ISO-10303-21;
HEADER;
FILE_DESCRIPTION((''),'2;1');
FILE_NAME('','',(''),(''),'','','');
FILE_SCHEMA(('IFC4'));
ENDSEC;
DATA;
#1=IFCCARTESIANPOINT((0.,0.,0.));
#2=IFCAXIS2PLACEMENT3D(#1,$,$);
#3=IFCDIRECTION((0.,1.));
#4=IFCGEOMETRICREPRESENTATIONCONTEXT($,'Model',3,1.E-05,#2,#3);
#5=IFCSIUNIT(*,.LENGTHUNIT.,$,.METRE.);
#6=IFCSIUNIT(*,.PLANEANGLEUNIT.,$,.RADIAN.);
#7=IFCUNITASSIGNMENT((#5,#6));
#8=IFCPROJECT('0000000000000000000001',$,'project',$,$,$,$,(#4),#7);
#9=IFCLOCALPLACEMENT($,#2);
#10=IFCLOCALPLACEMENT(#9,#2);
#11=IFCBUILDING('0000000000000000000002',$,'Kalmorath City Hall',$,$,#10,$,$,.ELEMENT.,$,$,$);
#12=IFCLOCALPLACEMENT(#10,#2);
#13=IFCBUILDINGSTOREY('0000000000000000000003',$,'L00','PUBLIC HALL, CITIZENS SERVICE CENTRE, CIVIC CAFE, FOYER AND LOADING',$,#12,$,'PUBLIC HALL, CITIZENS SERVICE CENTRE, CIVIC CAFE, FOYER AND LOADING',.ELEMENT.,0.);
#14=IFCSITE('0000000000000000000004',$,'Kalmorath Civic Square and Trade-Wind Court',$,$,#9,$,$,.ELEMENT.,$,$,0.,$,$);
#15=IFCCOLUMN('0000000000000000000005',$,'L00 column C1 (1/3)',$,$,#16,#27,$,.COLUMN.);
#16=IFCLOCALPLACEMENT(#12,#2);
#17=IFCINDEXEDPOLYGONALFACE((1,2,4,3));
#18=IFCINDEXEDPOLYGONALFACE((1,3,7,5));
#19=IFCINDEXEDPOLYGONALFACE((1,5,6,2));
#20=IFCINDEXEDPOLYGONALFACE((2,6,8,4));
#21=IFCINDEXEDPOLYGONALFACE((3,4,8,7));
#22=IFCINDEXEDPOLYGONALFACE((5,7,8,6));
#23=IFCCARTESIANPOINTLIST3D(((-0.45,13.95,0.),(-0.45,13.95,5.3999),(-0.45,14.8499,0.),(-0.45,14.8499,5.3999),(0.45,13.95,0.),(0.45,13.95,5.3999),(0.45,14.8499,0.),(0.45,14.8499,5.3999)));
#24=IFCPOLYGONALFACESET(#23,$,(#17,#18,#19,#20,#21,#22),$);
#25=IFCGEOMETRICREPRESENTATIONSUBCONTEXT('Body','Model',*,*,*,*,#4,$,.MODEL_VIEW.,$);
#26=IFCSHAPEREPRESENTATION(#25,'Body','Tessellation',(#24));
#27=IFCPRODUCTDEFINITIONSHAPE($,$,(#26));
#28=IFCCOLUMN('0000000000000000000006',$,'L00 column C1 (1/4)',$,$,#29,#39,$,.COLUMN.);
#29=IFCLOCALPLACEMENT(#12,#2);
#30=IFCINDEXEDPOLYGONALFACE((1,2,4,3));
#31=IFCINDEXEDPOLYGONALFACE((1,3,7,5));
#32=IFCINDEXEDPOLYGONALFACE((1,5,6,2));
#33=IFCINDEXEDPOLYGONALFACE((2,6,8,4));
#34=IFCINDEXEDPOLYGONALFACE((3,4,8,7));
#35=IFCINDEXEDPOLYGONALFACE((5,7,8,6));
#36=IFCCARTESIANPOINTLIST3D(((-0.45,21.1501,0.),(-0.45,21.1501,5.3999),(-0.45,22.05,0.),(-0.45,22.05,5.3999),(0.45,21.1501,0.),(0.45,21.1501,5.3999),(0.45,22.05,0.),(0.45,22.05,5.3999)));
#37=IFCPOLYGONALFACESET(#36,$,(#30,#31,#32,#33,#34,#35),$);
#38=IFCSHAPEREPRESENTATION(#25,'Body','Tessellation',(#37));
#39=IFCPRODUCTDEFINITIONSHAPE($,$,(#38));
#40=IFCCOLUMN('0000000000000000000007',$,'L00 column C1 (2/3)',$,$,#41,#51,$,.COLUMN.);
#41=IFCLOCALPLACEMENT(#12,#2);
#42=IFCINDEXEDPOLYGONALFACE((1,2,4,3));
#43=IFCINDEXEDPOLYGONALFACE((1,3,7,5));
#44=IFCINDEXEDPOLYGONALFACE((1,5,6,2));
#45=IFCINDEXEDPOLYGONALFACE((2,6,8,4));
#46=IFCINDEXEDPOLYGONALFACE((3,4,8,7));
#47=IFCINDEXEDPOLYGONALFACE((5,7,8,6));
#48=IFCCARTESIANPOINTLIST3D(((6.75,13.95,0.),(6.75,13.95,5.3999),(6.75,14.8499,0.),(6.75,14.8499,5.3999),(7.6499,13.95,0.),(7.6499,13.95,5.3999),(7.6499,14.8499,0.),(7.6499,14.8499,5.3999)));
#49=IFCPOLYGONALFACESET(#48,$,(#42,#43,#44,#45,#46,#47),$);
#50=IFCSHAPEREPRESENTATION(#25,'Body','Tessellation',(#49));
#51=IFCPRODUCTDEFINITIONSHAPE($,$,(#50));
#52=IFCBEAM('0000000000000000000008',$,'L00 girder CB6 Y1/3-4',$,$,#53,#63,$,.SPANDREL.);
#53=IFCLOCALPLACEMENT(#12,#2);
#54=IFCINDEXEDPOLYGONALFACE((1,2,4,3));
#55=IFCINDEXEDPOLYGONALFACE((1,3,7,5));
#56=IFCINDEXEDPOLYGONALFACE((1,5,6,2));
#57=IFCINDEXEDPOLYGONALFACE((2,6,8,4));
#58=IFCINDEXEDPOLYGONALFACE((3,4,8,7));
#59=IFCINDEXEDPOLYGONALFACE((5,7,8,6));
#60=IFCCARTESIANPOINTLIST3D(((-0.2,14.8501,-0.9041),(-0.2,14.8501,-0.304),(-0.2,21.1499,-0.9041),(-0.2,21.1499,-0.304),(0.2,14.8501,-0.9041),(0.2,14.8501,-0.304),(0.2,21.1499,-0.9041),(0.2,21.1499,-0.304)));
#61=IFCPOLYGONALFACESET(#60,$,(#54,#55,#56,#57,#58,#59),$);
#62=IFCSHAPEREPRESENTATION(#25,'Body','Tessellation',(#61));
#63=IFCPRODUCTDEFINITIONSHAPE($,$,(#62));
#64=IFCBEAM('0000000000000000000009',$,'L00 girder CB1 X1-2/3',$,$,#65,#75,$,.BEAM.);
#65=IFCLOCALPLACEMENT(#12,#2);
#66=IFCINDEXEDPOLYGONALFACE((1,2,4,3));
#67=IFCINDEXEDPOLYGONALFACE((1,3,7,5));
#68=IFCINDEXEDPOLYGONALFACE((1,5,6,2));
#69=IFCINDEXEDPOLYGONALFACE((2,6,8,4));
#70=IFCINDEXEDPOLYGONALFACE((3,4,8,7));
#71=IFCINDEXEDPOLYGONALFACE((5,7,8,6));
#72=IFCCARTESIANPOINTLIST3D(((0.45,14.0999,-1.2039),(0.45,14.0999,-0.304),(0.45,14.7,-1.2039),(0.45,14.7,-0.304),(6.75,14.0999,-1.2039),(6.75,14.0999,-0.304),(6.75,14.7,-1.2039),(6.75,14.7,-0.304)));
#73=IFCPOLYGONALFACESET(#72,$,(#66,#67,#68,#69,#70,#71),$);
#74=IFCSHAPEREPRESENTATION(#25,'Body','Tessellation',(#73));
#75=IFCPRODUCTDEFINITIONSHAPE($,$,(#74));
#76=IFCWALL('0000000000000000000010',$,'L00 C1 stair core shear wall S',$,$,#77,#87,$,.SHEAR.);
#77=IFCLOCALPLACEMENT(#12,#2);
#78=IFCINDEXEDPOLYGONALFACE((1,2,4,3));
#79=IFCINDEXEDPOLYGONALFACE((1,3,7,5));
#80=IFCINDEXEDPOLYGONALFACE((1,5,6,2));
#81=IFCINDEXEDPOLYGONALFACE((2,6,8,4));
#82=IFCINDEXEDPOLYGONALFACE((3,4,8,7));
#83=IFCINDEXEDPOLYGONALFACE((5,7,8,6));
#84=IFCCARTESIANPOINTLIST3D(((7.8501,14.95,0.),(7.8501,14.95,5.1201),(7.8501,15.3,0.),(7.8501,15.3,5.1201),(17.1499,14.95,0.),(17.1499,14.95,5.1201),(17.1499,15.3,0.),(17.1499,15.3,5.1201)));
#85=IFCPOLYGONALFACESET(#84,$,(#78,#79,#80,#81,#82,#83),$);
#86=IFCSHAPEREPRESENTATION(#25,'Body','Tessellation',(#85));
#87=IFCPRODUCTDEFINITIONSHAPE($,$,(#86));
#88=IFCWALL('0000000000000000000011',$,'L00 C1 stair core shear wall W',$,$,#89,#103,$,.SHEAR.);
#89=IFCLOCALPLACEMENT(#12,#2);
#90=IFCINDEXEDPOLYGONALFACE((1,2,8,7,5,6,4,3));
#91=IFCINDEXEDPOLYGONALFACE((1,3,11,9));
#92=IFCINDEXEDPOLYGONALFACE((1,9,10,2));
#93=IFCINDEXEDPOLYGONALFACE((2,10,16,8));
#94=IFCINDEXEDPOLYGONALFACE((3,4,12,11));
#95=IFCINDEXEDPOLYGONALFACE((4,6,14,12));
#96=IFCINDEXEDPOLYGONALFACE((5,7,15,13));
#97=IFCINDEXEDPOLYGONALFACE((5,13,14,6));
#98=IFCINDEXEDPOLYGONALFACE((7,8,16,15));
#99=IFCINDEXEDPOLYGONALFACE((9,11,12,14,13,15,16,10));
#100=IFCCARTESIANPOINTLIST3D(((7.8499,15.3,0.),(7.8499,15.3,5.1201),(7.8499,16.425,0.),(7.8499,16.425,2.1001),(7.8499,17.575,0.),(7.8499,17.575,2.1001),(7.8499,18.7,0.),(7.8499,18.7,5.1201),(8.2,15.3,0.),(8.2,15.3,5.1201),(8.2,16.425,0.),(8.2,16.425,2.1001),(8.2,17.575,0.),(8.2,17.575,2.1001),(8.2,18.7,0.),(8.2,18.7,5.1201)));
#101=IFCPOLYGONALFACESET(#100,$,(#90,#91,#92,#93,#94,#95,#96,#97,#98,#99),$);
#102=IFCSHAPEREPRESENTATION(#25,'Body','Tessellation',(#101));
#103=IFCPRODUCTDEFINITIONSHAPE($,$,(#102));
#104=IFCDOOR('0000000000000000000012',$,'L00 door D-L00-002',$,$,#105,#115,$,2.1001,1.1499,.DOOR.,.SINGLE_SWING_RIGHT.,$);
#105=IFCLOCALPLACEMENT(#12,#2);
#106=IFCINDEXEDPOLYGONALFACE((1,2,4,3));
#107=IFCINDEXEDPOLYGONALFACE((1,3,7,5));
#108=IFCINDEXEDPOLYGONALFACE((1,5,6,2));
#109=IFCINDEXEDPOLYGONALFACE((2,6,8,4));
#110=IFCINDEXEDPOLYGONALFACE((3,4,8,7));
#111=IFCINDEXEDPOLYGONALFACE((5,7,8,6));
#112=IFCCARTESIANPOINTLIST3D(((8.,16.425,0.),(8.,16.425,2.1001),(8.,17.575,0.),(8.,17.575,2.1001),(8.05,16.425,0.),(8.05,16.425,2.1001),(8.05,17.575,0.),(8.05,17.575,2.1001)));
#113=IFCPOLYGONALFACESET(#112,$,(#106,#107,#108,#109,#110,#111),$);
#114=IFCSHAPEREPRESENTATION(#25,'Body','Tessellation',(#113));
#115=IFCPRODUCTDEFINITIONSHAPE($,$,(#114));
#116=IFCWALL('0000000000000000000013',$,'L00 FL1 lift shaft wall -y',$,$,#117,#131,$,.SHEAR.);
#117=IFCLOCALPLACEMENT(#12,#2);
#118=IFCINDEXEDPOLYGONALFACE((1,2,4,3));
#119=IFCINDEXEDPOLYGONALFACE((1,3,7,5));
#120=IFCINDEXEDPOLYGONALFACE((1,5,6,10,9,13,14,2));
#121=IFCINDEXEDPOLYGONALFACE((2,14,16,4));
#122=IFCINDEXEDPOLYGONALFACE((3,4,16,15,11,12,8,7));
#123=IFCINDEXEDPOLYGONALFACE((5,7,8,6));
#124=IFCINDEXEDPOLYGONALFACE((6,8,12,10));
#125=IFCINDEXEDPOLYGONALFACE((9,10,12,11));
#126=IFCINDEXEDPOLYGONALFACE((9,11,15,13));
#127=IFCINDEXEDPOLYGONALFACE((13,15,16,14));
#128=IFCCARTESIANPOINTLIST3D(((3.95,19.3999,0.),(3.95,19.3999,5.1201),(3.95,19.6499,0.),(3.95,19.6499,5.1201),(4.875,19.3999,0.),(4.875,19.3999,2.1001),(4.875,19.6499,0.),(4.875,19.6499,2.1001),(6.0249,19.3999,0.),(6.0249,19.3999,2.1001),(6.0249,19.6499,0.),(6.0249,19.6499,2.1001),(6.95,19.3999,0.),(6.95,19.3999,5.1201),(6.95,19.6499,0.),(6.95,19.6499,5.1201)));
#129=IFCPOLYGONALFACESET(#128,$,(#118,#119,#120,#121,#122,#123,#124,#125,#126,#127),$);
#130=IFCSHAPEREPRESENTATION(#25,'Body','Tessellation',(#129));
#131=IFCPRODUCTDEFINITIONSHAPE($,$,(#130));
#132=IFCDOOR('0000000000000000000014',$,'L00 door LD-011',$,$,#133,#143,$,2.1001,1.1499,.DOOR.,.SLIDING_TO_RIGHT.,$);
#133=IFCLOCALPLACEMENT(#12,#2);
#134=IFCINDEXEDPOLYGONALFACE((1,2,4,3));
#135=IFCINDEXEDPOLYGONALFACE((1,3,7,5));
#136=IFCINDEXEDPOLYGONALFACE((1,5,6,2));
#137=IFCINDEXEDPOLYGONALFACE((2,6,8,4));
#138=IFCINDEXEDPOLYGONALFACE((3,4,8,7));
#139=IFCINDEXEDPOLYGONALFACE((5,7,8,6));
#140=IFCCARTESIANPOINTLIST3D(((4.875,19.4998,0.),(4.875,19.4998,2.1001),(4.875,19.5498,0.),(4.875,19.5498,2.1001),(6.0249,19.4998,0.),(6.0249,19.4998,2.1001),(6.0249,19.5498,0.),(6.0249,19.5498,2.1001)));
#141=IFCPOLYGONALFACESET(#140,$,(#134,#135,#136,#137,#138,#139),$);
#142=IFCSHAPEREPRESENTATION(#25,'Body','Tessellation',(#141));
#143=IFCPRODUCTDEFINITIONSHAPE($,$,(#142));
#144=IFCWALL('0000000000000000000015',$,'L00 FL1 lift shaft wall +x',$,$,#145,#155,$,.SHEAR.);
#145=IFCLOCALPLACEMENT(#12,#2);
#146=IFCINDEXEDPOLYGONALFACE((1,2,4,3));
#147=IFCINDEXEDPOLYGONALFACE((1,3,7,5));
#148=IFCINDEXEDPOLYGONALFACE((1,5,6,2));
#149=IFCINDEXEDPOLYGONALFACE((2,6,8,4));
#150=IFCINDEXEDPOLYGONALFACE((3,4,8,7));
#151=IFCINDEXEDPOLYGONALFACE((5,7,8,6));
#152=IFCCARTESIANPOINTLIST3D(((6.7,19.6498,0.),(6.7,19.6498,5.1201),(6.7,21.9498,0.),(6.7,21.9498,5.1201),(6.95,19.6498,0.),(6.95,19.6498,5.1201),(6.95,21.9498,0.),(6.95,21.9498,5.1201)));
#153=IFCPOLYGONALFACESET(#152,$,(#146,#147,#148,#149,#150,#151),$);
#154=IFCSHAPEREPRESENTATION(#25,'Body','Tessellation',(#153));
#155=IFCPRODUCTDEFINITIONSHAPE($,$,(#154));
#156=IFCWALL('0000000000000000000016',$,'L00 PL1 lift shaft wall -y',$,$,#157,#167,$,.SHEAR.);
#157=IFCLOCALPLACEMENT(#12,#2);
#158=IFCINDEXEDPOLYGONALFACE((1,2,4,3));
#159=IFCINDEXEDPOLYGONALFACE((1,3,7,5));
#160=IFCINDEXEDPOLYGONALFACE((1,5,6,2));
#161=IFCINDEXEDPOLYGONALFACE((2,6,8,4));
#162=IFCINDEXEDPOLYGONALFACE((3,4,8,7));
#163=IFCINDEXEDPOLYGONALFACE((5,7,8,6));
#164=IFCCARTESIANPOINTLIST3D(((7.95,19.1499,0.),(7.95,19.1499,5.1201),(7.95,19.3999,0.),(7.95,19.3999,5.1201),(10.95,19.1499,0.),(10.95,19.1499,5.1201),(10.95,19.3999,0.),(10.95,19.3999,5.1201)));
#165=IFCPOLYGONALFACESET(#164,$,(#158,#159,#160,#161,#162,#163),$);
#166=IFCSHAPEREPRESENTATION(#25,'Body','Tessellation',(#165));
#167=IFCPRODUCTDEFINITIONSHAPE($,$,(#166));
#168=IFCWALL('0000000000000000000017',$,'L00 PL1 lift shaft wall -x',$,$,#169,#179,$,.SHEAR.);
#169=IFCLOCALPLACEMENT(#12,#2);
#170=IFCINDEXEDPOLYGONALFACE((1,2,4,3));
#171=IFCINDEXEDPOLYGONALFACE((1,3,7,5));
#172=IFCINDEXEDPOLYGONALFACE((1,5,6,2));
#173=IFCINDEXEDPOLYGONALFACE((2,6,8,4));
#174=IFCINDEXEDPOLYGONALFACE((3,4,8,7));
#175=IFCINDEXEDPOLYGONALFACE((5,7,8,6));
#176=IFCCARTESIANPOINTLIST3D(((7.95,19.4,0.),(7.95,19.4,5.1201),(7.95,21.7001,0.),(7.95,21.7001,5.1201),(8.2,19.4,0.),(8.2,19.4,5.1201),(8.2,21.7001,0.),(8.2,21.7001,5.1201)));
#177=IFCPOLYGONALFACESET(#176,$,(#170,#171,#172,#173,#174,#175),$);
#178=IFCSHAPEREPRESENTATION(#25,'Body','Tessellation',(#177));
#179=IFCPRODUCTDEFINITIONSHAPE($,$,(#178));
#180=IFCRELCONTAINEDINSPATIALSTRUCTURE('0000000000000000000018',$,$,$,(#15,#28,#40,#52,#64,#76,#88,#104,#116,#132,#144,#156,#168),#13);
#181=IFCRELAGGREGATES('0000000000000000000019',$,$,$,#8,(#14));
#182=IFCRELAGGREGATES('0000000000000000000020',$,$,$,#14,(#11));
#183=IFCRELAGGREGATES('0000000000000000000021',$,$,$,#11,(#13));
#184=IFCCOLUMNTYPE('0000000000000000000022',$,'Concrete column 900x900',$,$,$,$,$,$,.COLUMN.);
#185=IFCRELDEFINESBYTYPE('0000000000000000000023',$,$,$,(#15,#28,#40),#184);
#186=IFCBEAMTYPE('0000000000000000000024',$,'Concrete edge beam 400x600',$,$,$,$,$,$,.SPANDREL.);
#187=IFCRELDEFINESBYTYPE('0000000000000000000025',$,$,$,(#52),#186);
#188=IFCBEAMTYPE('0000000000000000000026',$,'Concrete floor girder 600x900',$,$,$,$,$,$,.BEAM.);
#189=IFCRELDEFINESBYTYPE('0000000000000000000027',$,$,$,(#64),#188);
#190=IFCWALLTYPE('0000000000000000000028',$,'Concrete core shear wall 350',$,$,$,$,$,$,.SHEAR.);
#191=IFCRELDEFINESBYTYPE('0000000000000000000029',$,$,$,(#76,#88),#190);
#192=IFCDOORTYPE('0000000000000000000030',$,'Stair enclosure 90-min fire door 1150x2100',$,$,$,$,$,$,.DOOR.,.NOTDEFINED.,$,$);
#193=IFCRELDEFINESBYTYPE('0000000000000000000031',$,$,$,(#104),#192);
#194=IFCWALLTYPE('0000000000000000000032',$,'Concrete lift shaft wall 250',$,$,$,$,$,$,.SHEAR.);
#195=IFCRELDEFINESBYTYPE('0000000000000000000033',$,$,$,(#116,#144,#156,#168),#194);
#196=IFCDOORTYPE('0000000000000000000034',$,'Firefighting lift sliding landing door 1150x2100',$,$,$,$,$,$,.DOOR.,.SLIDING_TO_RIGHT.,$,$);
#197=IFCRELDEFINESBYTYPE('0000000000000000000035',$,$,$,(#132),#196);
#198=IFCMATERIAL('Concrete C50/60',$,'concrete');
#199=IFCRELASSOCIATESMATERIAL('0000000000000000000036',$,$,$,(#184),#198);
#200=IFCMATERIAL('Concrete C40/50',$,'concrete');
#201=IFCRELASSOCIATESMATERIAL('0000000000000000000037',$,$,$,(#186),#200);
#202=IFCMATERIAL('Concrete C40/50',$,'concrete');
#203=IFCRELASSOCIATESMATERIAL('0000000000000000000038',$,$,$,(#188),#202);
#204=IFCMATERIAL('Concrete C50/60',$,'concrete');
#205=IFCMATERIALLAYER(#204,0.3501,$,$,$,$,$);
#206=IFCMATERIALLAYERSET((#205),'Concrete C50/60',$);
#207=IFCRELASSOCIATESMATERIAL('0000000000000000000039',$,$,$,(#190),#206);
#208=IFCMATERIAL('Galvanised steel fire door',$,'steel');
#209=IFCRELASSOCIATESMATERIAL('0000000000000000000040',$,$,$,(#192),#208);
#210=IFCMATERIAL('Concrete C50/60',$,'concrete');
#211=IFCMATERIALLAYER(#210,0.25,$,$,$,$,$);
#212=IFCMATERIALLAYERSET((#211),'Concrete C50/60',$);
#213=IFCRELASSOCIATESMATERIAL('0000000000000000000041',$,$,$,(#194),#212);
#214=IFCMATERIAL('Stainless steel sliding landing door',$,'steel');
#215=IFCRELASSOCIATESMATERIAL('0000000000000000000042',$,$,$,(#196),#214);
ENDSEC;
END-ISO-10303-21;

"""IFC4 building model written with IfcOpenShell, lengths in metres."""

from ifc_helpers import new_model, si_unit, direction, frame, frame_2d, origin, origin_2d, place, context, subcontext, project, spatial, rectangle, extrude, material, layer, layer_set, material_profile, profile_set, type_object, element, fill, save


model = new_model("IFC4")

# Units and contexts
model_context = context("Model", 3, precision=1e-05, world=origin(), true_north=direction((0.0, 1.0)))
body_context = subcontext(model_context, "Body", "Model", "MODEL_VIEW")
ifc_project = project(units=[si_unit("LENGTHUNIT", "METRE"), si_unit("PLANEANGLEUNIT", "RADIAN")], contexts=[model_context])

# Site, building, storey
site_placement = place(None, origin())
site = spatial("IfcSite", under=ifc_project, at=site_placement, Name="Kalmorath Civic Square and Trade-Wind Court", CompositionType="ELEMENT", RefElevation=0.0)
building_placement = place(site_placement, origin())
building = spatial("IfcBuilding", under=site, at=building_placement, Name="Kalmorath City Hall", CompositionType="ELEMENT")
storey_placement = place(building_placement, origin())
storey = spatial("IfcBuildingStorey", under=building, at=storey_placement, Name="L00", Description="PUBLIC HALL, CITIZENS SERVICE CENTRE, CIVIC CAFE, FOYER AND LOADING", LongName="PUBLIC HALL, CITIZENS SERVICE CENTRE, CIVIC CAFE, FOYER AND LOADING", CompositionType="ELEMENT", Elevation=0.0)

# Columns
ifc_material_1 = material(Name="Concrete C50/60", Category="concrete")
ifc_material_profile_1 = material_profile(ifc_material_1, rectangle(XDim=0.8999, YDim=0.8999, at=origin_2d()), Name="RC-COL-900X900")
ifc_profile_set_1 = profile_set([ifc_material_profile_1], Name="Concrete C50/60")
column_type = type_object("IfcColumnType", Name="Concrete column 900x900", PredefinedType="COLUMN", material=ifc_profile_set_1)
for number, where, z_axis, x_axis, name in (
    (1, (0.0, 14.3999, 0.0), (0.0, 0.0, 1.0), (1.0, 0.0, 0.0), "L00 column C1 (1/3)"),
    (2, (0.0, 21.6001, 0.0), (0.0, 0.0, 1.0), (1.0, 0.0, 0.0), "L00 column C1 (1/4)"),
    (3, (7.2, 14.3999, 0.0), (0.0, 0.0, 1.0), (1.0, 0.0, 0.0), "L00 column C1 (2/3)"),
):
    element("IfcColumn", number, at=place(storey_placement, frame(where, z_axis=z_axis, x_axis=x_axis)), inside=storey, type_object=column_type, Name=name, PredefinedType="COLUMN", context=body_context, shape_type="SweptSolid", body=[
        extrude(rectangle(XDim=0.8999, YDim=0.8999, at=origin_2d()), origin(), (0.0, 0.0, 1.0), 5.3999),
    ])

# Beams
ifc_material_2 = material(Name="Concrete C40/50", Category="concrete")
ifc_material_profile_2 = material_profile(ifc_material_2, rectangle(XDim=0.3999, YDim=0.6001, at=origin_2d()), Name="RC-BM-400X600")
ifc_profile_set_2 = profile_set([ifc_material_profile_2], Name="Concrete C40/50")
beam_type_1 = type_object("IfcBeamType", Name="Concrete edge beam 400x600", PredefinedType="SPANDREL", material=ifc_profile_set_2)
beam_1_placement = place(storey_placement, frame((0.0, 14.8501, -0.604), z_axis=(0.0, 1.0, 0.0), x_axis=(-1.0, 0.0, 0.0)))
element("IfcBeam", 4, at=beam_1_placement, inside=storey, type_object=beam_type_1, Name="L00 girder CB6 Y1/3-4", PredefinedType="SPANDREL", context=body_context, shape_type="SweptSolid", body=[
    extrude(rectangle(XDim=0.3999, YDim=0.6001, at=origin_2d()), origin(), (0.0, 0.0, 1.0), 6.2998),
])
ifc_material_3 = material(Name="Concrete C40/50", Category="concrete")
ifc_material_profile_3 = material_profile(ifc_material_3, rectangle(XDim=0.6001, YDim=0.8999, at=origin_2d()), Name="RC-BM-600X900")
ifc_profile_set_3 = profile_set([ifc_material_profile_3], Name="Concrete C40/50")
beam_type_2 = type_object("IfcBeamType", Name="Concrete floor girder 600x900", PredefinedType="BEAM", material=ifc_profile_set_3)
beam_2_placement = place(storey_placement, frame((0.45, 14.3999, -0.7539), z_axis=(1.0, 0.0, 0.0), x_axis=(0.0, 1.0, 0.0)))
element("IfcBeam", 5, at=beam_2_placement, inside=storey, type_object=beam_type_2, Name="L00 girder CB1 X1-2/3", PredefinedType="BEAM", context=body_context, shape_type="SweptSolid", body=[
    extrude(rectangle(XDim=0.6001, YDim=0.8999, at=origin_2d()), origin(), (0.0, 0.0, 1.0), 6.3),
])

# Wall
ifc_material_4 = material(Name="Concrete C50/60", Category="concrete")
ifc_layer_1 = layer(ifc_material_4, 0.3501)
ifc_layer_set_1 = layer_set([ifc_layer_1], Name="Concrete C50/60")
wall_type_1 = type_object("IfcWallType", Name="Concrete core shear wall 350", PredefinedType="SHEAR", material=ifc_layer_set_1)
wall_1_placement = place(storey_placement, frame((7.8501, 15.125, 0.0), z_axis=(0.0, 0.0, 1.0), x_axis=(1.0, 0.0, 0.0)))
element("IfcWall", 6, at=wall_1_placement, inside=storey, type_object=wall_type_1, Name="L00 C1 stair core shear wall S", PredefinedType="SHEAR", context=body_context, shape_type="SweptSolid", body=[
    extrude(rectangle(XDim=9.2998, YDim=0.3501, at=frame_2d((4.6499, 0.0))), origin(), (0.0, 0.0, 1.0), 5.1201),
])

# Walls, openings, doors
wall_2_placement = place(storey_placement, frame((8.0249, 18.7, 0.0), z_axis=(0.0, 0.0, 1.0), x_axis=(0.0, -1.0, 0.0)))
wall_2 = element("IfcWall", 7, at=wall_2_placement, inside=storey, type_object=wall_type_1, Name="L00 C1 stair core shear wall W", PredefinedType="SHEAR", context=body_context, shape_type="SweptSolid", body=[
    extrude(rectangle(XDim=3.3999, YDim=0.3501, at=frame_2d((1.7, 0.0))), origin(), (0.0, 0.0, 1.0), 5.1201),
])
opening_1_placement = place(wall_2_placement, frame((1.125, 0.0, 0.0)))
opening_1 = element("IfcOpeningElement", 8, at=opening_1_placement, cuts=wall_2, PredefinedType="OPENING", context=body_context, shape_type="SweptSolid", body=[
    extrude(rectangle(XDim=1.1499, YDim=2.1001, at=frame_2d((0.575, 1.05))), frame((0.0, 0.1851, 0.0), z_axis=(0.0, -1.0, 0.0), x_axis=(1.0, 0.0, 0.0)), (0.0, 0.0, 1.0), 0.3701),
])
ifc_material_5 = material(Name="Galvanised steel fire door", Category="steel")
door_type_1 = type_object("IfcDoorType", Name="Stair enclosure 90-min fire door 1150x2100", OperationType="NOTDEFINED", PredefinedType="DOOR", material=ifc_material_5)
door_1_placement = place(opening_1_placement, frame((1.1499, 0.0, 0.0), z_axis=(0.0, 0.0, 1.0), x_axis=(-1.0, 0.0, 0.0)))
door_1 = element("IfcDoor", 9, at=door_1_placement, inside=storey, type_object=door_type_1, Name="L00 door D-L00-002", OperationType="SINGLE_SWING_RIGHT", OverallHeight=2.1001, OverallWidth=1.1499, PredefinedType="DOOR", context=body_context, shape_type="SweptSolid", body=[
    extrude(rectangle(XDim=1.1499, YDim=2.1001, at=frame_2d((0.575, 1.05))), frame((0.0, 0.0249, 0.0), z_axis=(0.0, -1.0, 0.0), x_axis=(1.0, 0.0, 0.0)), (0.0, 0.0, 1.0), 0.05),
])
fill(opening_1, door_1)
ifc_material_6 = material(Name="Concrete C50/60", Category="concrete")
ifc_layer_2 = layer(ifc_material_6, 0.25)
ifc_layer_set_2 = layer_set([ifc_layer_2], Name="Concrete C50/60")
wall_type_2 = type_object("IfcWallType", Name="Concrete lift shaft wall 250", PredefinedType="SHEAR", material=ifc_layer_set_2)
wall_3_placement = place(storey_placement, frame((3.95, 19.5249, 0.0), z_axis=(0.0, 0.0, 1.0), x_axis=(1.0, 0.0, 0.0)))
wall_3 = element("IfcWall", 10, at=wall_3_placement, inside=storey, type_object=wall_type_2, Name="L00 FL1 lift shaft wall -y", PredefinedType="SHEAR", context=body_context, shape_type="SweptSolid", body=[
    extrude(rectangle(XDim=3.0, YDim=0.25, at=frame_2d((1.5, 0.0))), origin(), (0.0, 0.0, 1.0), 5.1201),
])
opening_2_placement = place(wall_3_placement, frame((0.925, 0.0, 0.0)))
opening_2 = element("IfcOpeningElement", 11, at=opening_2_placement, cuts=wall_3, PredefinedType="OPENING", context=body_context, shape_type="SweptSolid", body=[
    extrude(rectangle(XDim=1.1499, YDim=2.1001, at=frame_2d((0.575, 1.05))), frame((0.0, 0.135, 0.0), z_axis=(0.0, -1.0, 0.0), x_axis=(1.0, 0.0, 0.0)), (0.0, 0.0, 1.0), 0.27),
])
ifc_material_7 = material(Name="Stainless steel sliding landing door", Category="steel")
door_type_2 = type_object("IfcDoorType", Name="Firefighting lift sliding landing door 1150x2100", OperationType="SLIDING_TO_RIGHT", PredefinedType="DOOR", material=ifc_material_7)
door_2_placement = place(opening_2_placement, origin())
door_2 = element("IfcDoor", 12, at=door_2_placement, inside=storey, type_object=door_type_2, Name="L00 door LD-011", OperationType="SLIDING_TO_RIGHT", OverallHeight=2.1001, OverallWidth=1.1499, PredefinedType="DOOR", context=body_context, shape_type="SweptSolid", body=[
    extrude(rectangle(XDim=1.1499, YDim=2.1001, at=frame_2d((0.575, 1.05))), frame((0.0, 0.0249, 0.0), z_axis=(0.0, -1.0, 0.0), x_axis=(1.0, 0.0, 0.0)), (0.0, 0.0, 1.0), 0.05),
])
fill(opening_2, door_2)

# Walls
wall_4_placement = place(storey_placement, frame((6.825, 19.6499, 0.0), z_axis=(0.0, 0.0, 1.0), x_axis=(0.0, 1.0, 0.0)))
element("IfcWall", 13, at=wall_4_placement, inside=storey, type_object=wall_type_2, Name="L00 FL1 lift shaft wall +x", PredefinedType="SHEAR", context=body_context, shape_type="SweptSolid", body=[
    extrude(rectangle(XDim=2.3, YDim=0.25, at=frame_2d((1.1499, 0.0))), origin(), (0.0, 0.0, 1.0), 5.1201),
])
wall_5_placement = place(storey_placement, frame((7.95, 19.2749, 0.0), z_axis=(0.0, 0.0, 1.0), x_axis=(1.0, 0.0, 0.0)))
element("IfcWall", 14, at=wall_5_placement, inside=storey, type_object=wall_type_2, Name="L00 PL1 lift shaft wall -y", PredefinedType="SHEAR", context=body_context, shape_type="SweptSolid", body=[
    extrude(rectangle(XDim=3.0, YDim=0.25, at=frame_2d((1.5, 0.0))), origin(), (0.0, 0.0, 1.0), 5.1201),
])
for number, where, z_axis, x_axis, name in (
    (15, (8.075, 21.7, 0.0), (0.0, 0.0, 1.0), (0.0, -1.0, 0.0), "L00 PL1 lift shaft wall -x"),
):
    element("IfcWall", number, at=place(storey_placement, frame(where, z_axis=z_axis, x_axis=x_axis)), inside=storey, type_object=wall_type_2, Name=name, PredefinedType="SHEAR", context=body_context, shape_type="SweptSolid", body=[
        extrude(rectangle(XDim=2.3, YDim=0.25, at=frame_2d((1.1499, 0.0))), origin(), (0.0, 0.0, 1.0), 5.1201),
    ])

save(model, "model.ifc")
